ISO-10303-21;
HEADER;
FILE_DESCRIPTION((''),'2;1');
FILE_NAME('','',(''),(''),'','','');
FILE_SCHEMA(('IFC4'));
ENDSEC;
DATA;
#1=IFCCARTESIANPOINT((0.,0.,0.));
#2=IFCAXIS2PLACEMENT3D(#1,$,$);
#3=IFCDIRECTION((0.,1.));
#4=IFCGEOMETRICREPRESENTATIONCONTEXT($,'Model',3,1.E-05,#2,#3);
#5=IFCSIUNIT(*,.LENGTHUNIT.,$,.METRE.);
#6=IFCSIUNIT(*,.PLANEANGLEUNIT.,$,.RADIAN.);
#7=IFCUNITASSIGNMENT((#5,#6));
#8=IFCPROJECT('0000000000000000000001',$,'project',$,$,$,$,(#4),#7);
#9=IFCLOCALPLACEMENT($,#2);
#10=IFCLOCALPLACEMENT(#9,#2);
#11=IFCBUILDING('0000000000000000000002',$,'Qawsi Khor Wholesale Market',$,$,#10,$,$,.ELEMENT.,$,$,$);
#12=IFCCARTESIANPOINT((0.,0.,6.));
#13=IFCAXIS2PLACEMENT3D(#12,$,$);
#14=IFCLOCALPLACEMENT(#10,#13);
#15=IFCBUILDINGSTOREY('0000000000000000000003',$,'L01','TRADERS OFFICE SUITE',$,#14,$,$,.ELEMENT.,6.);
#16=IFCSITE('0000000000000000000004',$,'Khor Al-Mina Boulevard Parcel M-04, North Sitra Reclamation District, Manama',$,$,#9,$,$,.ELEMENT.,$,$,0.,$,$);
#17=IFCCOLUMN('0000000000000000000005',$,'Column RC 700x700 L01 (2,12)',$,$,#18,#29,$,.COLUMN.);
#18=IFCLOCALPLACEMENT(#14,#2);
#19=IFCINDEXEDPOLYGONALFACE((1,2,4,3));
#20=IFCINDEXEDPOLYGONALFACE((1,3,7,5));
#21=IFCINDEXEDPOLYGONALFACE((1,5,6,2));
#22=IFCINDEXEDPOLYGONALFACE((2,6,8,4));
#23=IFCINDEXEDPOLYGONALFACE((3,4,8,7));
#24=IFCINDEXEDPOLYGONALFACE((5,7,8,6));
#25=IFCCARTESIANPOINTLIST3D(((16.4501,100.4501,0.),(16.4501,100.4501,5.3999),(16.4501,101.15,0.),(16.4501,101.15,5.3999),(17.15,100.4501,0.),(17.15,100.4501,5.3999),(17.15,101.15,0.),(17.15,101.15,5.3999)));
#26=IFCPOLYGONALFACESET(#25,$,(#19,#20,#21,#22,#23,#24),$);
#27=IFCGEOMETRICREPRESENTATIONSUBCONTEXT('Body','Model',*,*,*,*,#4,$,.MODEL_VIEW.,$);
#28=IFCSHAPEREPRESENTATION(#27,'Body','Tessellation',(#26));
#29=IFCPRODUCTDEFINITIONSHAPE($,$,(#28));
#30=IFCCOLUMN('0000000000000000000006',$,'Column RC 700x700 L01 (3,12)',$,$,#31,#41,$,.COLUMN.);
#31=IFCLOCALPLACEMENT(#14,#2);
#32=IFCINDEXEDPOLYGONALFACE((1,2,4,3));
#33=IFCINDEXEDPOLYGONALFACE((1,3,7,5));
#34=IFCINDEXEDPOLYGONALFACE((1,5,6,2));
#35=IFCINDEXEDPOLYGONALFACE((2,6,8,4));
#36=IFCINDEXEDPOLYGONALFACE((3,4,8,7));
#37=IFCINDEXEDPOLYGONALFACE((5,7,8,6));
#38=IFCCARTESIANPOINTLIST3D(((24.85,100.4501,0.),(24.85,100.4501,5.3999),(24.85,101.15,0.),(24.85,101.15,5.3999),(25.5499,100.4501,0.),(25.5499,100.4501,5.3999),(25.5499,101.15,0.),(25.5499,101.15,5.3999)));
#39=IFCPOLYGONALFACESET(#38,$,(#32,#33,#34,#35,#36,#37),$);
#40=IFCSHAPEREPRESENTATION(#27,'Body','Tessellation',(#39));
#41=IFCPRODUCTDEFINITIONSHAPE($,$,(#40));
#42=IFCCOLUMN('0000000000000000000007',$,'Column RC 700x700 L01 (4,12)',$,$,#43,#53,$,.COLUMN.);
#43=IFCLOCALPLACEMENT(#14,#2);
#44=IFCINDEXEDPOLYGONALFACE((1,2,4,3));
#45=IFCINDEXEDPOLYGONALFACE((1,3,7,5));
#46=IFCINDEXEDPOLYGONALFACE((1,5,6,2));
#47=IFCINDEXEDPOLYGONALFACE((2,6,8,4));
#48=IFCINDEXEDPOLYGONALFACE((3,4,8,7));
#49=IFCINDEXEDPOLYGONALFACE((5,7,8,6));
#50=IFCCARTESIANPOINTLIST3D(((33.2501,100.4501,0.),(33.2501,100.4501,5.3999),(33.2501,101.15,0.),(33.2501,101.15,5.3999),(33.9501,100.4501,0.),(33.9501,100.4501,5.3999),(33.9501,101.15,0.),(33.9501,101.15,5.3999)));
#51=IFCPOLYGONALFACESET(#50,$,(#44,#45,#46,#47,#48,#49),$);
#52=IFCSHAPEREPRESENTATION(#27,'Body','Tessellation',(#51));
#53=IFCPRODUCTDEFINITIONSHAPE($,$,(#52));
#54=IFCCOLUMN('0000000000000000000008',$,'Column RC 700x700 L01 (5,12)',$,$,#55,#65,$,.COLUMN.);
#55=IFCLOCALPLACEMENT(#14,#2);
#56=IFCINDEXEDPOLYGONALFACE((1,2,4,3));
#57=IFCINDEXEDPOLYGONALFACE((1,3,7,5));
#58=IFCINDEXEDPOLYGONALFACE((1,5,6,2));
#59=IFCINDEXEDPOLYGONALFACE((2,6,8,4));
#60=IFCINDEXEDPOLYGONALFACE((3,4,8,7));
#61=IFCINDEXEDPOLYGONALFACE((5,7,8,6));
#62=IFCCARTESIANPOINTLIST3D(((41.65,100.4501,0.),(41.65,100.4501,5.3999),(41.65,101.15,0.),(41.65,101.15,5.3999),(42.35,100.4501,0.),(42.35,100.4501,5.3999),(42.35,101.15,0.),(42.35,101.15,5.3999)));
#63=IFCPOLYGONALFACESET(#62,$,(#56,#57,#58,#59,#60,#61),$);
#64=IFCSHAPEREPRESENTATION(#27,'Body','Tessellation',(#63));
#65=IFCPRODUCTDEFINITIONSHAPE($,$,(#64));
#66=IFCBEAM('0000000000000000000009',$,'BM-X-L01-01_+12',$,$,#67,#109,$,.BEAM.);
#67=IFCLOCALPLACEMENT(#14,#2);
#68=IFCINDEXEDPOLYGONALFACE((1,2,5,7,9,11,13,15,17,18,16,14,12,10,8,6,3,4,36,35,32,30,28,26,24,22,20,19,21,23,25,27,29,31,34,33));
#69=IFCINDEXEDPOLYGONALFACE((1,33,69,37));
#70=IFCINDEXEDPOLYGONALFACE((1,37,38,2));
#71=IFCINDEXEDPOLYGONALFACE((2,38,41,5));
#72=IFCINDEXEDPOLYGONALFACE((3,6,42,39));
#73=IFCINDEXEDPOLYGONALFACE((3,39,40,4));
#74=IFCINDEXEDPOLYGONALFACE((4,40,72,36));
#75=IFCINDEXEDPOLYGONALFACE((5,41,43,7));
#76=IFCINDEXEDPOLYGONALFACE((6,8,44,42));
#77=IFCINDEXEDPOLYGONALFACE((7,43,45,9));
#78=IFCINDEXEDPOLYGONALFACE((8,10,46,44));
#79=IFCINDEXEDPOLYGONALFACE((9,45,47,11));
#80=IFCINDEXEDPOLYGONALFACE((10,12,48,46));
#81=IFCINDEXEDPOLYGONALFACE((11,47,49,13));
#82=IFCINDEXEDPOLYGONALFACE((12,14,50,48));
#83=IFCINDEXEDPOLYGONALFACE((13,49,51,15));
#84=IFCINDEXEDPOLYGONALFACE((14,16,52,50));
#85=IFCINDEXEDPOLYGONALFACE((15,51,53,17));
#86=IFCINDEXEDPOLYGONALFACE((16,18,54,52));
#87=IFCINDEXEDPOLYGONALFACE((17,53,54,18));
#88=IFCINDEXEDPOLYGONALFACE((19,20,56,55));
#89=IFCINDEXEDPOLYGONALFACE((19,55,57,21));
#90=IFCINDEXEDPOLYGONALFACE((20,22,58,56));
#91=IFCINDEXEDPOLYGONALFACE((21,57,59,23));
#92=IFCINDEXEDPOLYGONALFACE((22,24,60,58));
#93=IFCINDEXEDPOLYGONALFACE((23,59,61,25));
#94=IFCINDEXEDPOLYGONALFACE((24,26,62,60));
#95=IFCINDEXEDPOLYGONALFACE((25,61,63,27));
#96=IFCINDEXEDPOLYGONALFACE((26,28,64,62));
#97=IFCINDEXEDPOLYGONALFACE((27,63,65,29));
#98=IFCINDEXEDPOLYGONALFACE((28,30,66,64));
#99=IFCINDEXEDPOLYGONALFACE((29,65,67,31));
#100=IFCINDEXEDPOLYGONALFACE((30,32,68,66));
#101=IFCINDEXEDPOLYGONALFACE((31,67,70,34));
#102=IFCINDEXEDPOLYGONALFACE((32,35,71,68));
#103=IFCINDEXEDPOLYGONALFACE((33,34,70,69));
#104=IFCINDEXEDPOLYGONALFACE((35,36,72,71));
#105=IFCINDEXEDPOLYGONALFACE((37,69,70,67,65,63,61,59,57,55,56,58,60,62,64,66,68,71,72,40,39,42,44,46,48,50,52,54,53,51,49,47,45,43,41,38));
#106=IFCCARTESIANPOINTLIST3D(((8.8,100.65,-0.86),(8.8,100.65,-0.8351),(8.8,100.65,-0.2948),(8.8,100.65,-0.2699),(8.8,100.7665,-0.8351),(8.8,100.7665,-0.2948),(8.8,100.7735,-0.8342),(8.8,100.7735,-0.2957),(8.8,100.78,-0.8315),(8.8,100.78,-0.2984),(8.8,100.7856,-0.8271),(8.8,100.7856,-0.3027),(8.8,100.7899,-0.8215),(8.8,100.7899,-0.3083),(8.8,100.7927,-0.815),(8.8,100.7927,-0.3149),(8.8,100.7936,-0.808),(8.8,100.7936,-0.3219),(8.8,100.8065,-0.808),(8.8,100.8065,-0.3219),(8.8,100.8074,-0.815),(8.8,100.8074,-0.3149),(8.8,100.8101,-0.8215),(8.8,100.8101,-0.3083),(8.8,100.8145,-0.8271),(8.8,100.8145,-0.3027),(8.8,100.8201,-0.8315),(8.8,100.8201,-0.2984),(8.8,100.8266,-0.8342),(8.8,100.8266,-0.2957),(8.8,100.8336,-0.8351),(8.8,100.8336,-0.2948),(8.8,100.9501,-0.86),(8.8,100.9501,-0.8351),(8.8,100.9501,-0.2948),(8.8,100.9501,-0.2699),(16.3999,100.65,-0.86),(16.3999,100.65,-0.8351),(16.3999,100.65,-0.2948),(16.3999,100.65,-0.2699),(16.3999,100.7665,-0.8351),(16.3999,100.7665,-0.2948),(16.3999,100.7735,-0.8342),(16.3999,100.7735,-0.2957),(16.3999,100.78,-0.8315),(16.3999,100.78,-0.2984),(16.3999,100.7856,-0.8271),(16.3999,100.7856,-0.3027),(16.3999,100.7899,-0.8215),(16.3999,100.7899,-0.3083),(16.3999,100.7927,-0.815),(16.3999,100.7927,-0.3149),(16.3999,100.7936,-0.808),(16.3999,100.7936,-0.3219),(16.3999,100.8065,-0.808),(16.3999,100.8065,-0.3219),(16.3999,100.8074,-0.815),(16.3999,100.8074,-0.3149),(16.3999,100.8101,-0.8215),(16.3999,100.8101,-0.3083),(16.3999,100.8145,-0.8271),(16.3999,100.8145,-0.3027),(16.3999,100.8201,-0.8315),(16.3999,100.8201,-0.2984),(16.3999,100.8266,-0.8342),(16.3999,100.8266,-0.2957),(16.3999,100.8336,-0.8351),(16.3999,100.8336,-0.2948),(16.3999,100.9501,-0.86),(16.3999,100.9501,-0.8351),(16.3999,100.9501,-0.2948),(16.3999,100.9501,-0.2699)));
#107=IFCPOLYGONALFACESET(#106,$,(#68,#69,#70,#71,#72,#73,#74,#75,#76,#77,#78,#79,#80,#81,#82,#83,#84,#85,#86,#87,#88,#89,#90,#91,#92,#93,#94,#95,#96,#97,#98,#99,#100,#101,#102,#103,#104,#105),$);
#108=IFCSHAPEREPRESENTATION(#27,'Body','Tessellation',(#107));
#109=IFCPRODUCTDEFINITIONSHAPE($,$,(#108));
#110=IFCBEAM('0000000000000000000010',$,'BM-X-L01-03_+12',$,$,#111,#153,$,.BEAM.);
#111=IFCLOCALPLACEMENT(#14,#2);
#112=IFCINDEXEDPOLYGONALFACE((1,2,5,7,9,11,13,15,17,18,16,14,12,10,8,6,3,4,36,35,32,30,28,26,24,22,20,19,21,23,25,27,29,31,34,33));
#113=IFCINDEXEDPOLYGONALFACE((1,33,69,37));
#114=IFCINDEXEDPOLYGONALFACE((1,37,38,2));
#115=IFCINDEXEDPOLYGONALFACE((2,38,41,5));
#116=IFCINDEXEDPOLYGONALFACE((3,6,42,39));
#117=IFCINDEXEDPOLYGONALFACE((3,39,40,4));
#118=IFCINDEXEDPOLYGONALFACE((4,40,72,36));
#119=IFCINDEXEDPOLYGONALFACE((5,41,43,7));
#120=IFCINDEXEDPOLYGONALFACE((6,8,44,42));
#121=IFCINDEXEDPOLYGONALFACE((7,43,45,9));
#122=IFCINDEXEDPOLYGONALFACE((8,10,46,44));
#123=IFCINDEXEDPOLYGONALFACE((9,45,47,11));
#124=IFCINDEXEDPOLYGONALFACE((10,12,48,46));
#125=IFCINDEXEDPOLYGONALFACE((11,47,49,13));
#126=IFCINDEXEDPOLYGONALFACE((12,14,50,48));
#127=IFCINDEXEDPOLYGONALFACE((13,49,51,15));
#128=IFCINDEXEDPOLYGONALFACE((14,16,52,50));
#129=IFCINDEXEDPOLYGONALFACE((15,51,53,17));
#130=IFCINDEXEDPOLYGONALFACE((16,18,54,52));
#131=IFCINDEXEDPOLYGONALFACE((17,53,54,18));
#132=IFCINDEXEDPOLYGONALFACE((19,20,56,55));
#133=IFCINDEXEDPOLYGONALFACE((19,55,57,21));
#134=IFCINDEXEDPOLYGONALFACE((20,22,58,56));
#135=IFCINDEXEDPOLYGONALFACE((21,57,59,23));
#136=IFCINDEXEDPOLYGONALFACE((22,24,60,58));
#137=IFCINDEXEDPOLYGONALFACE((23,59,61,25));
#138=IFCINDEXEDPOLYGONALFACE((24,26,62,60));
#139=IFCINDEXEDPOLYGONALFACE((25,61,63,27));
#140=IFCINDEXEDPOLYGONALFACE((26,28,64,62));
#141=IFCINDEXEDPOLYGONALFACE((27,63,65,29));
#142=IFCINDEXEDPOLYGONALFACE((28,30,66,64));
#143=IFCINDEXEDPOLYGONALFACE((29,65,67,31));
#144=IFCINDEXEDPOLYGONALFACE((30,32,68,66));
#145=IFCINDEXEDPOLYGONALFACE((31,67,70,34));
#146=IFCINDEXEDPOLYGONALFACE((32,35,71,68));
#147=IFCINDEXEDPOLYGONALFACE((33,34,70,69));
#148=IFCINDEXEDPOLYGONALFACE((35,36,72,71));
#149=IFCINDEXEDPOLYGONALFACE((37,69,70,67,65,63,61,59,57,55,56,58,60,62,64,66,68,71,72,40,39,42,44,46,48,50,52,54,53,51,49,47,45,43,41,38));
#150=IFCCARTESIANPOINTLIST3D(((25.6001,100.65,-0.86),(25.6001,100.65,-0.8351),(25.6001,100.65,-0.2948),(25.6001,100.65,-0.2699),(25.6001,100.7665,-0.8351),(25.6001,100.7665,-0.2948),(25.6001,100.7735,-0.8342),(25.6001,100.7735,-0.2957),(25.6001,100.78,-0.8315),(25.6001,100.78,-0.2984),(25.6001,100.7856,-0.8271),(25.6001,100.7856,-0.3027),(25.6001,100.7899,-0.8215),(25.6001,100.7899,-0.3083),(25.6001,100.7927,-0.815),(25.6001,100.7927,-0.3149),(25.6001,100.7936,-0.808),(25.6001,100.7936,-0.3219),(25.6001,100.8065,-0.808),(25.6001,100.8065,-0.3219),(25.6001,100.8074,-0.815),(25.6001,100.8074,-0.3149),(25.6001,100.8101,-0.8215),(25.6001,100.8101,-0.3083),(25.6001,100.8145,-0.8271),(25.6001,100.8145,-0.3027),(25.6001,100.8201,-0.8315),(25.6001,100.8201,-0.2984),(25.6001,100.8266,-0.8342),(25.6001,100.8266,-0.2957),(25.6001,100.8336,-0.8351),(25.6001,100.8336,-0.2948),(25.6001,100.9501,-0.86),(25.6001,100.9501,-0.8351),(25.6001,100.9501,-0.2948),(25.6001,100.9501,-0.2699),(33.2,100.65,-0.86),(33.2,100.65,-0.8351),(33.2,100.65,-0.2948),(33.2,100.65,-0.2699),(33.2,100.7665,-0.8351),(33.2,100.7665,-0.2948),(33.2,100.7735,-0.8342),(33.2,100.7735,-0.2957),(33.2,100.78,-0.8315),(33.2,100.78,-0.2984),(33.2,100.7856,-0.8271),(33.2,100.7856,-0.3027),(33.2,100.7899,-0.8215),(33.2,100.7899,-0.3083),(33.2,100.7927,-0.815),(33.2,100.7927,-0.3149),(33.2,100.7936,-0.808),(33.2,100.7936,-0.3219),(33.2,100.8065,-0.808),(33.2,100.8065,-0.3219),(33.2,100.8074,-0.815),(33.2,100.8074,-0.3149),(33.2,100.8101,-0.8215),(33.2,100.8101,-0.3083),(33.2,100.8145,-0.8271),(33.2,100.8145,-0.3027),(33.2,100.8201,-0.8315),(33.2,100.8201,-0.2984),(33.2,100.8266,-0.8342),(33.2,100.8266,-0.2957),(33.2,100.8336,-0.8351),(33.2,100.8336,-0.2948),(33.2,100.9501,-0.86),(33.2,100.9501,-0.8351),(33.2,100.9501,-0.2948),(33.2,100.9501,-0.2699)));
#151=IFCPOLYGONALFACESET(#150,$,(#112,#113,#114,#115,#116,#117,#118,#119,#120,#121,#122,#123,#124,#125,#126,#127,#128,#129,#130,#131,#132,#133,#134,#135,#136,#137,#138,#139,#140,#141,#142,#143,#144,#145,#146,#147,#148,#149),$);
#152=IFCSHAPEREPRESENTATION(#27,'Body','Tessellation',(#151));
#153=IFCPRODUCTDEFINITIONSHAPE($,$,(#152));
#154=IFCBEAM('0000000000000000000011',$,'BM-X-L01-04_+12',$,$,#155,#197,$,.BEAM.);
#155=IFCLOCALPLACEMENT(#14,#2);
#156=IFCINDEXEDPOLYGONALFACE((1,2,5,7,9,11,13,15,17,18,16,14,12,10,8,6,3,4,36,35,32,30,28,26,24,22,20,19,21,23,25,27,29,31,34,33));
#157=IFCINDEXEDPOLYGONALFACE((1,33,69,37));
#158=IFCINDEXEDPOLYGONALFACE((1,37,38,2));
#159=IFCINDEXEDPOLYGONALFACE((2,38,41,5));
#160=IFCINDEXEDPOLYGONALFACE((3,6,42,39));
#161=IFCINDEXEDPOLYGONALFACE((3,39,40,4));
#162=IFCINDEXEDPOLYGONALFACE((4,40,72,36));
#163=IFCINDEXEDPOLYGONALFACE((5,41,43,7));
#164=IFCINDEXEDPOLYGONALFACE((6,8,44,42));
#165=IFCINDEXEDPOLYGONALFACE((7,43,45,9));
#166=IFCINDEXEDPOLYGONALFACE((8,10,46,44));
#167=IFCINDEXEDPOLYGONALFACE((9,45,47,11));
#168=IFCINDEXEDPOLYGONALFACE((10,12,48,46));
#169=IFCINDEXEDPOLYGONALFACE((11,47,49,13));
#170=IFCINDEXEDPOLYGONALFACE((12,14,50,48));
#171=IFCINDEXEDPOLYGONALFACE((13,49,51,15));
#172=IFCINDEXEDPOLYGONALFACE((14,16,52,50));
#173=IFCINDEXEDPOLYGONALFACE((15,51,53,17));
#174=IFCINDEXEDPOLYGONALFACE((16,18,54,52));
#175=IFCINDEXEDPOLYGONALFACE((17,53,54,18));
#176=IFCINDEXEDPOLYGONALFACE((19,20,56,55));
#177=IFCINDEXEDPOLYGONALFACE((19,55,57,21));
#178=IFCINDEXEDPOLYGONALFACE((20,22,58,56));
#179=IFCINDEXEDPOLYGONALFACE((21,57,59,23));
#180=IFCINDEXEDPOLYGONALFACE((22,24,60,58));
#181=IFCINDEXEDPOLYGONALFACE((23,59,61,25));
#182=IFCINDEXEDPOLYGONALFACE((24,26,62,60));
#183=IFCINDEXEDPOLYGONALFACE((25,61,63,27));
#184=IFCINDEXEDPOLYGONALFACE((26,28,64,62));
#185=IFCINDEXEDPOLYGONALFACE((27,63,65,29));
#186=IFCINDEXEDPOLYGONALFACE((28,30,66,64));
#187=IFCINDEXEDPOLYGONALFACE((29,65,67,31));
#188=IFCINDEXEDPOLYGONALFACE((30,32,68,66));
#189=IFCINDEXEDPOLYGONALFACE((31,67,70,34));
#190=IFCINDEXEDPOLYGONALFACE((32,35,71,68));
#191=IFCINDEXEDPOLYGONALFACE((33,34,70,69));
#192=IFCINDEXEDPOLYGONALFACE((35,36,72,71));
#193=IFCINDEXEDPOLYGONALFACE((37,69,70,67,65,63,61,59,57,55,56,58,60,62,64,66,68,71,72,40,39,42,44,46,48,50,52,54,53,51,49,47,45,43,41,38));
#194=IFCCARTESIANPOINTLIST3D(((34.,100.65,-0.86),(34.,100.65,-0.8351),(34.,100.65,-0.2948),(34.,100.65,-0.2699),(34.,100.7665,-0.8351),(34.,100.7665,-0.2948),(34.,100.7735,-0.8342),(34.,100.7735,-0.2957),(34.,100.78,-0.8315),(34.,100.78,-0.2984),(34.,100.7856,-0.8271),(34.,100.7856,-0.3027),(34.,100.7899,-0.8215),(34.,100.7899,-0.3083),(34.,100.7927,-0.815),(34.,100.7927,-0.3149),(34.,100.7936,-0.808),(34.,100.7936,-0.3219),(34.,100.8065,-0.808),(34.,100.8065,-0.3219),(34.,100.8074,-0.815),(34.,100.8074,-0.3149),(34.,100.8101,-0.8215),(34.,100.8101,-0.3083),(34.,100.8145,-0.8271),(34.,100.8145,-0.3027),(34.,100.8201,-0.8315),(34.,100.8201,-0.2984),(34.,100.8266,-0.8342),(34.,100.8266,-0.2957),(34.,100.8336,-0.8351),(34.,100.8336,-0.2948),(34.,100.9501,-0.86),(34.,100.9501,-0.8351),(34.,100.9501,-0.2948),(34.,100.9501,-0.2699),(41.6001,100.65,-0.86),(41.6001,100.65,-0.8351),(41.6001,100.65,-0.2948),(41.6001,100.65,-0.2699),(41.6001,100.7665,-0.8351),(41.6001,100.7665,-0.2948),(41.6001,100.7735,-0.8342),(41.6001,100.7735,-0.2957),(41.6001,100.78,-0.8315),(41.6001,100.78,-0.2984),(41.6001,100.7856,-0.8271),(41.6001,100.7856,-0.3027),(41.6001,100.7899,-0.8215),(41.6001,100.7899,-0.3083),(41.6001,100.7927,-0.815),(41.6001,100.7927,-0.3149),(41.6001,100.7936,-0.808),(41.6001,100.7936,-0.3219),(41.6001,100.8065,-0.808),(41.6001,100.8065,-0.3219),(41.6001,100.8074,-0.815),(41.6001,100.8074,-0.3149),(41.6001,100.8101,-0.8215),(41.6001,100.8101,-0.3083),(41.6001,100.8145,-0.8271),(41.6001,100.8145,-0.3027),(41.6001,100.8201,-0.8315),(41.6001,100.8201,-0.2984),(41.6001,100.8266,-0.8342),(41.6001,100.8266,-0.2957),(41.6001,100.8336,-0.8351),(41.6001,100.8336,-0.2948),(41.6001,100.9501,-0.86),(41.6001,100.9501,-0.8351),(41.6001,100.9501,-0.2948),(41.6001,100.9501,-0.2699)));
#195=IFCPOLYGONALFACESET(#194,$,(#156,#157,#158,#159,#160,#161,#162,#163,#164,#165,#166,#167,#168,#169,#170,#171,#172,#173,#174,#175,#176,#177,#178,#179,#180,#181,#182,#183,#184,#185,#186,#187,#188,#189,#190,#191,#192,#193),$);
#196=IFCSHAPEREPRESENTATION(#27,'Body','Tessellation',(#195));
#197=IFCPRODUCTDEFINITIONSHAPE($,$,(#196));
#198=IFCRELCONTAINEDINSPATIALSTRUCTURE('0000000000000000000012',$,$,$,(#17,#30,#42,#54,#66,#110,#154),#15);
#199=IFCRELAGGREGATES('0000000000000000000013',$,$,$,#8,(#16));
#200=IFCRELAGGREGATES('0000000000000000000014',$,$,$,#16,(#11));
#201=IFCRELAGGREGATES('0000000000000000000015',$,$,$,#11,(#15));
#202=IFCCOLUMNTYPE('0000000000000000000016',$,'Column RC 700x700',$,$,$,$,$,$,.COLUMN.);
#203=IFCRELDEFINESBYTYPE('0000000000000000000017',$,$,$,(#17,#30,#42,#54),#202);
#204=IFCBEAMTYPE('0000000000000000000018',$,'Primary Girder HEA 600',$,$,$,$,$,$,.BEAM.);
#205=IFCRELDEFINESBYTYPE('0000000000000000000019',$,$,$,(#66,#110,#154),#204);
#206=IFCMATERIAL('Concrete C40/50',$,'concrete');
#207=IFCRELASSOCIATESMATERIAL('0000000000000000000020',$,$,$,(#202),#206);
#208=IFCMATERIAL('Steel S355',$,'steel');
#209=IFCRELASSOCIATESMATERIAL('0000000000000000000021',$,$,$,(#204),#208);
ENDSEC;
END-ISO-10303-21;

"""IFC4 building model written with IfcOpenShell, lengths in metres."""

from ifc_helpers import new_model, si_unit, direction, frame, origin, origin_2d, place, context, subcontext, project, spatial, rectangle, i_section, extrude, material, material_profile, profile_set, type_object, element, save


model = new_model("IFC4")

# Units and contexts
model_context = context("Model", 3, precision=1e-05, world=origin(), true_north=direction((0.0, 1.0)))
body_context = subcontext(model_context, "Body", "Model", "MODEL_VIEW")
ifc_project = project(units=[si_unit("LENGTHUNIT", "METRE"), si_unit("PLANEANGLEUNIT", "RADIAN")], contexts=[model_context])

# Site, building, storey
site_placement = place(None, origin())
site = spatial("IfcSite", under=ifc_project, at=site_placement, Name="Khor Al-Mina Boulevard Parcel M-04, North Sitra Reclamation District, Manama", CompositionType="ELEMENT", RefElevation=0.0)
building_placement = place(site_placement, origin())
building = spatial("IfcBuilding", under=site, at=building_placement, Name="Qawsi Khor Wholesale Market", CompositionType="ELEMENT")
storey_placement = place(building_placement, frame((0.0, 0.0, 6.0)))
storey = spatial("IfcBuildingStorey", under=building, at=storey_placement, Name="L01", Description="TRADERS OFFICE SUITE", CompositionType="ELEMENT", Elevation=6.0)

# Columns
ifc_material_1 = material(Name="Concrete C40/50", Category="concrete")
ifc_material_profile_1 = material_profile(ifc_material_1, rectangle(XDim=0.7, YDim=0.7, at=origin_2d()), Name="RC 700x700")
ifc_profile_set_1 = profile_set([ifc_material_profile_1], Name="Concrete C40/50")
column_type = type_object("IfcColumnType", Name="Column RC 700x700", PredefinedType="COLUMN", material=ifc_profile_set_1)
for number, where, z_axis, x_axis, name in (
    (1, (16.8, 100.8, 0.0), (0.0, 0.0, 1.0), (1.0, 0.0, 0.0), "Column RC 700x700 L01 (2,12)"),
    (2, (25.2, 100.8, 0.0), (0.0, 0.0, 1.0), (1.0, 0.0, 0.0), "Column RC 700x700 L01 (3,12)"),
    (3, (33.6001, 100.8, 0.0), (0.0, 0.0, 1.0), (1.0, 0.0, 0.0), "Column RC 700x700 L01 (4,12)"),
    (4, (42.0, 100.8, 0.0), (0.0, 0.0, 1.0), (1.0, 0.0, 0.0), "Column RC 700x700 L01 (5,12)"),
):
    element("IfcColumn", number, at=place(storey_placement, frame(where, z_axis=z_axis, x_axis=x_axis)), inside=storey, type_object=column_type, Name=name, PredefinedType="COLUMN", context=body_context, shape_type="SweptSolid", body=[
        extrude(rectangle(XDim=0.7, YDim=0.7, at=origin_2d()), origin(), (0.0, 0.0, 1.0), 5.3999),
    ])

# Beams
ifc_material_2 = material(Name="Steel S355", Category="steel")
ifc_material_profile_2 = material_profile(ifc_material_2, i_section(OverallWidth=0.3, OverallDepth=0.5901, WebThickness=0.0129, FlangeThickness=0.0249, FilletRadius=0.0271, at=origin_2d()), Name="HEA 600")
ifc_profile_set_2 = profile_set([ifc_material_profile_2], Name="Steel S355")
beam_type_1 = type_object("IfcBeamType", Name="Primary Girder HEA 600", PredefinedType="BEAM", material=ifc_profile_set_2)
for number, where, z_axis, x_axis, name in (
    (5, (8.8, 100.8, -0.5649), (1.0, 0.0, 0.0), (0.0, 1.0, 0.0), "BM-X-L01-01_+12"),
    (6, (25.6001, 100.8, -0.5649), (1.0, 0.0, 0.0), (0.0, 1.0, 0.0), "BM-X-L01-03_+12"),
):
    element("IfcBeam", number, at=place(storey_placement, frame(where, z_axis=z_axis, x_axis=x_axis)), inside=storey, type_object=beam_type_1, Name=name, PredefinedType="BEAM", context=body_context, shape_type="SweptSolid", body=[
        extrude(i_section(OverallWidth=0.3, OverallDepth=0.5901, WebThickness=0.0129, FlangeThickness=0.0249, FilletRadius=0.0271, at=origin_2d()), origin(), (0.0, 0.0, 1.0), 7.5999),
    ])
beam_1_placement = place(storey_placement, frame((34.0, 100.8, -0.5649), z_axis=(1.0, 0.0, 0.0), x_axis=(0.0, 1.0, 0.0)))
element("IfcBeam", 7, at=beam_1_placement, inside=storey, type_object=beam_type_1, Name="BM-X-L01-04_+12", PredefinedType="BEAM", context=body_context, shape_type="SweptSolid", body=[
    extrude(i_section(OverallWidth=0.3, OverallDepth=0.5901, WebThickness=0.0129, FlangeThickness=0.0249, FilletRadius=0.0271, at=origin_2d()), origin(), (0.0, 0.0, 1.0), 7.6001),
])

save(model, "model.ifc")
